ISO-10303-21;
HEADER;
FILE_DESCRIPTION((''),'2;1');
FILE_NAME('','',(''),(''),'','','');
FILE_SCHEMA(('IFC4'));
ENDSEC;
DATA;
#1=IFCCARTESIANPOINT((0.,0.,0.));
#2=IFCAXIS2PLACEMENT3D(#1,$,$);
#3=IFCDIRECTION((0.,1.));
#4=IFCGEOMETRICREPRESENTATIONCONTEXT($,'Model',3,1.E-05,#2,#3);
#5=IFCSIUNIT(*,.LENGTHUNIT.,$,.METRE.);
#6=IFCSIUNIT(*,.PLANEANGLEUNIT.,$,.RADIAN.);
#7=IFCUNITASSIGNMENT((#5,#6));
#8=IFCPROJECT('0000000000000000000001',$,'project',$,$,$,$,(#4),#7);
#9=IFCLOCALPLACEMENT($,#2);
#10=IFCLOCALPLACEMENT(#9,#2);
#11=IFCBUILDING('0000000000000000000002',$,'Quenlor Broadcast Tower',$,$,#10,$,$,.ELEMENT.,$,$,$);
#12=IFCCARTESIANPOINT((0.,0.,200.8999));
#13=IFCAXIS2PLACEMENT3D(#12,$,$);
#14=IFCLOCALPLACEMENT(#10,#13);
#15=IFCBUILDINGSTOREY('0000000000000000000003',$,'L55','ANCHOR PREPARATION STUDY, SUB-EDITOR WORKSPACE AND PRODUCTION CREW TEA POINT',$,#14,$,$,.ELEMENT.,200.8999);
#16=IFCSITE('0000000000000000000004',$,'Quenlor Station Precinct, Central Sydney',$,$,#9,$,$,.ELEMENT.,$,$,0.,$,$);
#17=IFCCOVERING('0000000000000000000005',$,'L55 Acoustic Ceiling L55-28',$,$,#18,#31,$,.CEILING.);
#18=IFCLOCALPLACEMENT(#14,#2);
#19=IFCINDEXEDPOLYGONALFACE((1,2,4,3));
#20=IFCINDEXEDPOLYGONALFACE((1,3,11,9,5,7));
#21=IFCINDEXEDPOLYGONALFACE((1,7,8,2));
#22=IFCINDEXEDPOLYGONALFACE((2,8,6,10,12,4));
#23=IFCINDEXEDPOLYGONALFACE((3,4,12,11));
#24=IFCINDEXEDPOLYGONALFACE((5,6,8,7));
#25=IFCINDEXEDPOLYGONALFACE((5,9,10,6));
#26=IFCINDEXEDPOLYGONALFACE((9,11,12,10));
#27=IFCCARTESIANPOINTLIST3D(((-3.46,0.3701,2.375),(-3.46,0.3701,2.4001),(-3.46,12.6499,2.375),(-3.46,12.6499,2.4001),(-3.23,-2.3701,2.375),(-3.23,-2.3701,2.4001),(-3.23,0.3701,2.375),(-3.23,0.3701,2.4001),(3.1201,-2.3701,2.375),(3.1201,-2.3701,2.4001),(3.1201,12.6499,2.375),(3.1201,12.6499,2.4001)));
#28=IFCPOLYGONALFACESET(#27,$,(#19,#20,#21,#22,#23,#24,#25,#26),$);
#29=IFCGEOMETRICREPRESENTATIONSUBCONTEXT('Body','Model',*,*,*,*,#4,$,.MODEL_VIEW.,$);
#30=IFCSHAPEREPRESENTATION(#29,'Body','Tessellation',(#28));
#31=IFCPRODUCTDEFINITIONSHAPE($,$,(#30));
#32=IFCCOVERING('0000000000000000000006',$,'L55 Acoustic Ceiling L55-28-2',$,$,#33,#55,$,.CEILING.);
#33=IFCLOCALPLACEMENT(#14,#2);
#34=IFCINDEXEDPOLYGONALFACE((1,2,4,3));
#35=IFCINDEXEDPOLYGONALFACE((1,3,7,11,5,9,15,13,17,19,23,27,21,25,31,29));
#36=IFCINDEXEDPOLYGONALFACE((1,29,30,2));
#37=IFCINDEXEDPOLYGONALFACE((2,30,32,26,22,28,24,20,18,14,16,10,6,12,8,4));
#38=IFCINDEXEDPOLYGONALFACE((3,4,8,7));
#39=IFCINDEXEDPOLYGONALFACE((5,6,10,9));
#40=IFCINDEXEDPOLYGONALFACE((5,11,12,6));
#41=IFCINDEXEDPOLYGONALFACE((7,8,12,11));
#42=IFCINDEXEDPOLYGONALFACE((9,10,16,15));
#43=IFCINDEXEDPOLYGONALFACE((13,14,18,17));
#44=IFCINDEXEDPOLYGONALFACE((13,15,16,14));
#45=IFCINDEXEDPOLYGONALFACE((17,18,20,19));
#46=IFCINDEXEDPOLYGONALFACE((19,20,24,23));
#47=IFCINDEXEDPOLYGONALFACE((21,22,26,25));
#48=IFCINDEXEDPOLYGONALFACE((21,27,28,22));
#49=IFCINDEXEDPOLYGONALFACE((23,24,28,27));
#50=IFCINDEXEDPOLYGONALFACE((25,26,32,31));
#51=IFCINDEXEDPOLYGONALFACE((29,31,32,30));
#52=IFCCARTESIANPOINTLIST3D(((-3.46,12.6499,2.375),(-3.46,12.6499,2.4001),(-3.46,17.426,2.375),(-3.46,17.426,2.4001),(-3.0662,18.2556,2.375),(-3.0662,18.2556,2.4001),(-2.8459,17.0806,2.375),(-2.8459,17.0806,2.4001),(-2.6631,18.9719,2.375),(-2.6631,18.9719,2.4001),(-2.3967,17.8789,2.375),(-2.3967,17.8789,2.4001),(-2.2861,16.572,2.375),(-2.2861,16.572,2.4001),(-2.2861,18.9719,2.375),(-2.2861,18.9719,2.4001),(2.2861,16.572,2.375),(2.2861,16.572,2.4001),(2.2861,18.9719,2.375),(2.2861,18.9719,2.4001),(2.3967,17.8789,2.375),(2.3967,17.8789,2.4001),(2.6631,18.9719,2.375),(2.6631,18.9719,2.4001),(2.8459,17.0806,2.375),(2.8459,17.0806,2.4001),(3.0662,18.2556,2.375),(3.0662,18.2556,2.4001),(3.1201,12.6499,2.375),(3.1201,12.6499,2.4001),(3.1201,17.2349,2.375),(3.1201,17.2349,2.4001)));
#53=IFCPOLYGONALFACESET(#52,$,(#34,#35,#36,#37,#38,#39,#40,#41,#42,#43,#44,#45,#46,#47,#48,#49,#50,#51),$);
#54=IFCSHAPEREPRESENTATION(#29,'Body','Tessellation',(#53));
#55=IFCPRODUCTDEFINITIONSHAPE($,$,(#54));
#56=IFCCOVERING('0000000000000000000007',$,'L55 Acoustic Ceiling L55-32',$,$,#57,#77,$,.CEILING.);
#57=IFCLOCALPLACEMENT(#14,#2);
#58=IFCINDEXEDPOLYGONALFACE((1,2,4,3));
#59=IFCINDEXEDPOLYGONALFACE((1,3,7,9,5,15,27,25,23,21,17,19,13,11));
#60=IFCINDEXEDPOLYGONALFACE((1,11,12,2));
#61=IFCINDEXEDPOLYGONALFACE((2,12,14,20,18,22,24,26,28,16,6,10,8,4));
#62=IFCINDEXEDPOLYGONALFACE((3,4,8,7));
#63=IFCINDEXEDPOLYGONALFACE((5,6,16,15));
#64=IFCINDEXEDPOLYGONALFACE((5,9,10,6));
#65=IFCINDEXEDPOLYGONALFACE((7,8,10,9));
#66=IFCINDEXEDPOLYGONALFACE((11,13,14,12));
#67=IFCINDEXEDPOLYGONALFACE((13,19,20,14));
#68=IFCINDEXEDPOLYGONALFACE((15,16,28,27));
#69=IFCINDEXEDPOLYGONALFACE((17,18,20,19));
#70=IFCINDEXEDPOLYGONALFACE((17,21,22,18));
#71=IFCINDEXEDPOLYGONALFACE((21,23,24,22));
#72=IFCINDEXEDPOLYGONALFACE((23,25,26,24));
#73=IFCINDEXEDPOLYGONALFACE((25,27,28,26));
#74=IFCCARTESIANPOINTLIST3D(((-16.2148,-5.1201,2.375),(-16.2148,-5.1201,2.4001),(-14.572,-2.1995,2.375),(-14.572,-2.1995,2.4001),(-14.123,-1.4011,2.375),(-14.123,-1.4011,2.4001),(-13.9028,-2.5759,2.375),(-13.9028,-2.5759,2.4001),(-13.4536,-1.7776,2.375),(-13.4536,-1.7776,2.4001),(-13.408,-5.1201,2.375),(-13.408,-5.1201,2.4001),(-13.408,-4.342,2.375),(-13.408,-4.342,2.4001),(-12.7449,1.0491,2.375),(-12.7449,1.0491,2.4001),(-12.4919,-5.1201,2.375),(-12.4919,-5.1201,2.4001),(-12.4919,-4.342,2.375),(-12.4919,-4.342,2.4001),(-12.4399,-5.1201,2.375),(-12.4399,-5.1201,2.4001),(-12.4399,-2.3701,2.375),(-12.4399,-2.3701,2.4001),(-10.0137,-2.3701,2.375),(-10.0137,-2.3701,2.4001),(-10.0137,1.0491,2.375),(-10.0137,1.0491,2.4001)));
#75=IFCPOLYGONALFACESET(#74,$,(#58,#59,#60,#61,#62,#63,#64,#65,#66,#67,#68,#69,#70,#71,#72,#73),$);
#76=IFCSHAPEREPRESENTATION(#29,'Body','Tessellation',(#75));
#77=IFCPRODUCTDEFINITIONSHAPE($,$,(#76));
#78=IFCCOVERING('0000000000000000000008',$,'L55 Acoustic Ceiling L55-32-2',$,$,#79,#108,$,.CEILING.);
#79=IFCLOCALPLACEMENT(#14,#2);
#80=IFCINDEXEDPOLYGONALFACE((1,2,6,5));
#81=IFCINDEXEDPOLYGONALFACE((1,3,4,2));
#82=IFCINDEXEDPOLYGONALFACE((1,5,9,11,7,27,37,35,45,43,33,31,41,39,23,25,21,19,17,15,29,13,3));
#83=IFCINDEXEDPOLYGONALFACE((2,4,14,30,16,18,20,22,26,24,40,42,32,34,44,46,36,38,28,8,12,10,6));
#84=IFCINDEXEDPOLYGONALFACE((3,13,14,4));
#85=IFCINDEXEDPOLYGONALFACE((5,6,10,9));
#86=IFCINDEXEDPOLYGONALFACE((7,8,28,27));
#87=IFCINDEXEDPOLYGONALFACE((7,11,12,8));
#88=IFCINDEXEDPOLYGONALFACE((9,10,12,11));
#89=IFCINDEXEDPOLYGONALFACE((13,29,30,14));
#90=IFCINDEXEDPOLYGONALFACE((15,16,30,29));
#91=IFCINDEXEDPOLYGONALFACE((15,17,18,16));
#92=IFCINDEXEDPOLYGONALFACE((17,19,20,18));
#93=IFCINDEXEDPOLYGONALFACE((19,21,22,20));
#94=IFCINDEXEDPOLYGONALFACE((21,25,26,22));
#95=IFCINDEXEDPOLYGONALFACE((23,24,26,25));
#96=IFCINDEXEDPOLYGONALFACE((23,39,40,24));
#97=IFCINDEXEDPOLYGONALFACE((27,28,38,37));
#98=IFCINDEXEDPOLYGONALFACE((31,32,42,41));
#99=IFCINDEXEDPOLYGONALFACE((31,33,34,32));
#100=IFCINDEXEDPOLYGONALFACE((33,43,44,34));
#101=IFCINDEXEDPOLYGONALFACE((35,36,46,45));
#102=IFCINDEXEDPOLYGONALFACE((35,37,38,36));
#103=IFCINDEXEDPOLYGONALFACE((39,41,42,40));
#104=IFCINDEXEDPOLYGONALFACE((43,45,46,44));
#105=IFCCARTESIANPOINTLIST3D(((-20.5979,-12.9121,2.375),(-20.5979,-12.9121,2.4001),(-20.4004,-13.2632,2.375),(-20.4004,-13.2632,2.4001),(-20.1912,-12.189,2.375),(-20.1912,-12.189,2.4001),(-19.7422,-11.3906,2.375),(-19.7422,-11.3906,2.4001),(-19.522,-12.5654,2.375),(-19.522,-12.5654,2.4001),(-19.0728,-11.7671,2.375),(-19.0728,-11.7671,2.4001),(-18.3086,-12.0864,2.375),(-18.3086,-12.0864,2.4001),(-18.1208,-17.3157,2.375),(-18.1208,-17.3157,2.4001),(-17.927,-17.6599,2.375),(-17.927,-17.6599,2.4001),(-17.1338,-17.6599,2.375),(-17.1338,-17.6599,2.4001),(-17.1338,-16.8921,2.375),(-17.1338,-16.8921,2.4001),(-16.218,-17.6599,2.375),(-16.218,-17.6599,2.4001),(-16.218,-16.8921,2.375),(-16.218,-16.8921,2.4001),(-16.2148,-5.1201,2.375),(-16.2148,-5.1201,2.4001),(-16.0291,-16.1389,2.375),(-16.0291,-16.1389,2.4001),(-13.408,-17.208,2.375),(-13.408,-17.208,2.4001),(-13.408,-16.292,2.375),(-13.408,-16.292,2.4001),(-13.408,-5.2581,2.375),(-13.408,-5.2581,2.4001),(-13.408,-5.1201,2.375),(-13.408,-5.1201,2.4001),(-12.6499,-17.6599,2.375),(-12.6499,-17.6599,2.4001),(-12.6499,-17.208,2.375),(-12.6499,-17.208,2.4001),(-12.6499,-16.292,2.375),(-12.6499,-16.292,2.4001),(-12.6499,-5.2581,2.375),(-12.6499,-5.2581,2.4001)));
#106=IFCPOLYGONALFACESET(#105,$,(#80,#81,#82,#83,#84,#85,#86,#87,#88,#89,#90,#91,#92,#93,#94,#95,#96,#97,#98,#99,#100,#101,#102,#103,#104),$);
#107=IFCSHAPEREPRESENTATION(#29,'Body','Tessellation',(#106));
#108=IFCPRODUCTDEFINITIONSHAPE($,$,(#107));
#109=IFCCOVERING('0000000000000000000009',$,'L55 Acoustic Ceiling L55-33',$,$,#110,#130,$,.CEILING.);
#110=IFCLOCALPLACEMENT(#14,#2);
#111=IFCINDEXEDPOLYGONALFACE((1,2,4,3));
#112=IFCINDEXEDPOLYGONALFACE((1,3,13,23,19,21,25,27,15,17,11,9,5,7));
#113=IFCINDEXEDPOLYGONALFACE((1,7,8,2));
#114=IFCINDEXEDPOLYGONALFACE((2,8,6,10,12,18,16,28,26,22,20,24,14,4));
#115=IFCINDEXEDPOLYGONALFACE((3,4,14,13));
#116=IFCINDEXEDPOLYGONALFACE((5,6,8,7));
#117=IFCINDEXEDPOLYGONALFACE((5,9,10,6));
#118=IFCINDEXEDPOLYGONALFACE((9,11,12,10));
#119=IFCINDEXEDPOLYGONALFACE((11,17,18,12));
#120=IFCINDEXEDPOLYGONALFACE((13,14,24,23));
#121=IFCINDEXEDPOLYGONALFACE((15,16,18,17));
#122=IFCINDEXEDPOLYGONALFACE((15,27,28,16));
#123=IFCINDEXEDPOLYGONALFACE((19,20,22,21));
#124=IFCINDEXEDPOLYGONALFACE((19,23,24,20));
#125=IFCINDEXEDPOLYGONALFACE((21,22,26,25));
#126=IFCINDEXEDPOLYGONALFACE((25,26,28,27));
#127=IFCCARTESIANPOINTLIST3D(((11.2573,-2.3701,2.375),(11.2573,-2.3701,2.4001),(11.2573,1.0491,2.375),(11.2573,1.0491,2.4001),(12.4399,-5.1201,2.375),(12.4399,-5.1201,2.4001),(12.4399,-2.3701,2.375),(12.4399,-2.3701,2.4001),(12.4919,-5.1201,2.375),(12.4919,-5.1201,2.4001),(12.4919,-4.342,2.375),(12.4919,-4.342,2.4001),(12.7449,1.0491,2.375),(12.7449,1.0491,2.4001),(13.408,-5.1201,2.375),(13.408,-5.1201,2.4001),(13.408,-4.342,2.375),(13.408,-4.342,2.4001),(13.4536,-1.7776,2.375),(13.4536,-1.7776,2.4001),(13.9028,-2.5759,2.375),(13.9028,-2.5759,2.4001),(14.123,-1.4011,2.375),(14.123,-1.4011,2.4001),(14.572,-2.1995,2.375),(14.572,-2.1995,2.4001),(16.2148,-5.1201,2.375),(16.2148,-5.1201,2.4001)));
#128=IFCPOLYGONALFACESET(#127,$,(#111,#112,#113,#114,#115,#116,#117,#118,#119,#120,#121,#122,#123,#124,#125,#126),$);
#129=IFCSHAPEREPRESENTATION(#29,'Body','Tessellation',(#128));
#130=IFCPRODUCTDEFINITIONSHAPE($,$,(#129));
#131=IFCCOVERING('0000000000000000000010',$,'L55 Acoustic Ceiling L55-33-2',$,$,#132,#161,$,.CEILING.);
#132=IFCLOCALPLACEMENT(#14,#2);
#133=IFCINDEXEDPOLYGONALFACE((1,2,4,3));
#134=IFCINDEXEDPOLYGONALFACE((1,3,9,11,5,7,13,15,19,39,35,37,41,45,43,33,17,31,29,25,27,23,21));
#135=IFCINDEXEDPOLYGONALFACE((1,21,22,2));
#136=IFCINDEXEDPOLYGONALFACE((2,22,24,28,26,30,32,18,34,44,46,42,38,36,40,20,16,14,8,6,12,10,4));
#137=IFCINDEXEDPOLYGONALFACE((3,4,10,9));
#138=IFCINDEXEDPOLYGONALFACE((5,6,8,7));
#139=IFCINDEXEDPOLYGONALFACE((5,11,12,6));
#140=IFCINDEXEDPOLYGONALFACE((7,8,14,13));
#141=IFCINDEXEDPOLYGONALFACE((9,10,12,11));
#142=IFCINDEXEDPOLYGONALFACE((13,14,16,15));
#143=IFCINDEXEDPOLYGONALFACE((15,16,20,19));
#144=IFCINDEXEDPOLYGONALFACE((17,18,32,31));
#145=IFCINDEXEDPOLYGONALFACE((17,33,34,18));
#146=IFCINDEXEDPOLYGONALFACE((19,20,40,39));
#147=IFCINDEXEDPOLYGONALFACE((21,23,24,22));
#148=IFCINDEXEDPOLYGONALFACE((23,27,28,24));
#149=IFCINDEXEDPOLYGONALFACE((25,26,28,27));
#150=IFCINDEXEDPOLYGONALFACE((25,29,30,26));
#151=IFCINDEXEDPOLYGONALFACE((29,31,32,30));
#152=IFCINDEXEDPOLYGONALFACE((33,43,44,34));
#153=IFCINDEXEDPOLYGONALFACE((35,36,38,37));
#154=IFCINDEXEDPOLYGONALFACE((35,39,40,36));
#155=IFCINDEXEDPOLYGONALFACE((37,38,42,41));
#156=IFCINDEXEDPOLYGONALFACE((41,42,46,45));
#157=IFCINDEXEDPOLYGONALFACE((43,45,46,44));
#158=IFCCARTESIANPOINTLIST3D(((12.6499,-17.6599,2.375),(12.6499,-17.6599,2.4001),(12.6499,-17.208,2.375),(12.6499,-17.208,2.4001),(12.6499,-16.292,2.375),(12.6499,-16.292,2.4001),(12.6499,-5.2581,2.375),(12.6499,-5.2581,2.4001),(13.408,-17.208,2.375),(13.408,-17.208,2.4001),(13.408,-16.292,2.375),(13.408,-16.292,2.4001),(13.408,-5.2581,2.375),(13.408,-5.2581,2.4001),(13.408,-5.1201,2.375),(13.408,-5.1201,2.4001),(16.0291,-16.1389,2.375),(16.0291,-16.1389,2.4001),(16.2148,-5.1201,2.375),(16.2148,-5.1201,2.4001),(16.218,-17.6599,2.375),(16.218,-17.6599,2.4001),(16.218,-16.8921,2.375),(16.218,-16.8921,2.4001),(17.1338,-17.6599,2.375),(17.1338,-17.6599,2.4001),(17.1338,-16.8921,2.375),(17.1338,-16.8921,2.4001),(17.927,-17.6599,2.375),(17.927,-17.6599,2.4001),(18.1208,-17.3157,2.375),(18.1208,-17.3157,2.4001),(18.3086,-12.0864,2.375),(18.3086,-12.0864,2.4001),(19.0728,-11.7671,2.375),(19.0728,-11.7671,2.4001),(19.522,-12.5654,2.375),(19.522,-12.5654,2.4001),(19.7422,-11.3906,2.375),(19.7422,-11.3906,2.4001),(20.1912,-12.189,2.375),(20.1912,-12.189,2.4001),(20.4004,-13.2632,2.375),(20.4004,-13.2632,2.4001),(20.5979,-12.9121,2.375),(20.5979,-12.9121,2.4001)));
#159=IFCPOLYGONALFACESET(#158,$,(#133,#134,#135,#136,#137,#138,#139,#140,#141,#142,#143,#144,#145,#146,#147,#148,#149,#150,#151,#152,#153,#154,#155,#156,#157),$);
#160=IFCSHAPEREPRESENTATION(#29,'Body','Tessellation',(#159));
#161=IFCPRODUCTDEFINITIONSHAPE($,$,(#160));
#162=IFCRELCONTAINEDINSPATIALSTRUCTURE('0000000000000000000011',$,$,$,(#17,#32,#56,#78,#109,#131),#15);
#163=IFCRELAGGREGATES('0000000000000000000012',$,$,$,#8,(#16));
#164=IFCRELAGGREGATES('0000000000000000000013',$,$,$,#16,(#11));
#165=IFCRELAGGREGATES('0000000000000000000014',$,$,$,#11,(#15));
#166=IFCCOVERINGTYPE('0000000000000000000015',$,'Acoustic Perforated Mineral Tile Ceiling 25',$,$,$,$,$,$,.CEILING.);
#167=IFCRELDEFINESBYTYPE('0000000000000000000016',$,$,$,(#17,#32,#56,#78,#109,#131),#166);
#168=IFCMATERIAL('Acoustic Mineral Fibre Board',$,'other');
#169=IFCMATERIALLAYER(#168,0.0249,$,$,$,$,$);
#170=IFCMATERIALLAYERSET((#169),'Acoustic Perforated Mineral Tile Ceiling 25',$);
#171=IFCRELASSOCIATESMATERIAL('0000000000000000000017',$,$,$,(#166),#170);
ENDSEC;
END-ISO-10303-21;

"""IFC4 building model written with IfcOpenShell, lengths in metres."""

from ifc_helpers import new_model, si_unit, direction, frame, origin, place, context, subcontext, project, spatial, polyline, outline, extrude, material, layer, layer_set, type_object, element, save


model = new_model("IFC4")

# Units and contexts
model_context = context("Model", 3, precision=1e-05, world=origin(), true_north=direction((0.0, 1.0)))
body_context = subcontext(model_context, "Body", "Model", "MODEL_VIEW")
ifc_project = project(units=[si_unit("LENGTHUNIT", "METRE"), si_unit("PLANEANGLEUNIT", "RADIAN")], contexts=[model_context])

# Site, building, storey
site_placement = place(None, origin())
site = spatial("IfcSite", under=ifc_project, at=site_placement, Name="Quenlor Station Precinct, Central Sydney", CompositionType="ELEMENT", RefElevation=0.0)
building_placement = place(site_placement, origin())
building = spatial("IfcBuilding", under=site, at=building_placement, Name="Quenlor Broadcast Tower", CompositionType="ELEMENT")
storey_placement = place(building_placement, frame((0.0, 0.0, 200.8999)))
storey = spatial("IfcBuildingStorey", under=building, at=storey_placement, Name="L55", Description="ANCHOR PREPARATION STUDY, SUB-EDITOR WORKSPACE AND PRODUCTION CREW TEA POINT", CompositionType="ELEMENT", Elevation=200.8999)

# Coverings
ifc_material_1 = material(Name="Acoustic Mineral Fibre Board", Category="other")
ifc_layer_1 = layer(ifc_material_1, 0.0249)
ifc_layer_set_1 = layer_set([ifc_layer_1], Name="Acoustic Perforated Mineral Tile Ceiling 25")
covering_type = type_object("IfcCoveringType", Name="Acoustic Perforated Mineral Tile Ceiling 25", PredefinedType="CEILING", material=ifc_layer_set_1)
covering_1_placement = place(storey_placement, frame((0.0, 0.0, 2.375)))
element("IfcCovering", 1, at=covering_1_placement, inside=storey, type_object=covering_type, Name="L55 Acoustic Ceiling L55-28", PredefinedType="CEILING", context=body_context, shape_type="SweptSolid", body=[
    extrude(outline(polyline([(3.1201, -2.3701), (-3.23, -2.3701), (-3.23, 0.3701), (-3.46, 0.3701), (-3.46, 12.6499), (3.1201, 12.6499), (3.1201, -2.3701)])), origin(), (0.0, 0.0, 1.0), 0.0251),
])
covering_2_placement = place(storey_placement, frame((0.0, 0.0, 2.375)))
element("IfcCovering", 2, at=covering_2_placement, inside=storey, type_object=covering_type, Name="L55 Acoustic Ceiling L55-28-2", PredefinedType="CEILING", context=body_context, shape_type="SweptSolid", body=[
    extrude(outline(polyline([(2.2861, 16.572), (2.2861, 18.9719), (2.6631, 18.9719), (3.0662, 18.2556), (2.3967, 17.8789), (2.8459, 17.0806), (3.1201, 17.2349), (3.1201, 12.6499), (-3.46, 12.6499), (-3.46, 17.426), (-2.8459, 17.0806), (-2.3967, 17.8789), (-3.0662, 18.2556), (-2.6631, 18.9719), (-2.2861, 18.9719), (-2.2861, 16.572), (2.2861, 16.572)])), origin(), (0.0, 0.0, 1.0), 0.0251),
])
covering_3_placement = place(storey_placement, frame((0.0, 0.0, 2.375)))
element("IfcCovering", 3, at=covering_3_placement, inside=storey, type_object=covering_type, Name="L55 Acoustic Ceiling L55-32", PredefinedType="CEILING", context=body_context, shape_type="SweptSolid", body=[
    extrude(outline(polyline([(-12.4919, -4.342), (-13.408, -4.342), (-13.408, -5.1201), (-16.2148, -5.1201), (-14.572, -2.1995), (-13.9028, -2.5759), (-13.4536, -1.7776), (-14.123, -1.4011), (-12.7449, 1.0491), (-10.0137, 1.0491), (-10.0137, -2.3701), (-12.4399, -2.3701), (-12.4399, -5.1201), (-12.4919, -5.1201), (-12.4919, -4.342)])), origin(), (0.0, 0.0, 1.0), 0.0251),
])
covering_4_placement = place(storey_placement, frame((0.0, 0.0, 2.375)))
element("IfcCovering", 4, at=covering_4_placement, inside=storey, type_object=covering_type, Name="L55 Acoustic Ceiling L55-32-2", PredefinedType="CEILING", context=body_context, shape_type="SweptSolid", body=[
    extrude(outline(polyline([(-13.408, -5.2581), (-12.6499, -5.2581), (-12.6499, -16.292), (-13.408, -16.292), (-13.408, -17.208), (-12.6499, -17.208), (-12.6499, -17.6599), (-16.218, -17.6599), (-16.218, -16.8921), (-17.1338, -16.8921), (-17.1338, -17.6599), (-17.927, -17.6599), (-18.1208, -17.3157), (-16.0291, -16.1389), (-18.3086, -12.0864), (-20.4004, -13.2632), (-20.5979, -12.9121), (-20.1912, -12.189), (-19.522, -12.5654), (-19.0728, -11.7671), (-19.7422, -11.3906), (-16.2148, -5.1201), (-13.408, -5.1201), (-13.408, -5.2581)])), origin(), (0.0, 0.0, 1.0), 0.0251),
])
covering_5_placement = place(storey_placement, frame((0.0, 0.0, 2.375)))
element("IfcCovering", 5, at=covering_5_placement, inside=storey, type_object=covering_type, Name="L55 Acoustic Ceiling L55-33", PredefinedType="CEILING", context=body_context, shape_type="SweptSolid", body=[
    extrude(outline(polyline([(11.2573, -2.3701), (11.2573, 1.0491), (12.7449, 1.0491), (14.123, -1.4011), (13.4536, -1.7776), (13.9028, -2.5759), (14.572, -2.1995), (16.2148, -5.1201), (13.408, -5.1201), (13.408, -4.342), (12.4919, -4.342), (12.4919, -5.1201), (12.4399, -5.1201), (12.4399, -2.3701), (11.2573, -2.3701)])), origin(), (0.0, 0.0, 1.0), 0.0251),
])
covering_6_placement = place(storey_placement, frame((0.0, 0.0, 2.375)))
element("IfcCovering", 6, at=covering_6_placement, inside=storey, type_object=covering_type, Name="L55 Acoustic Ceiling L55-33-2", PredefinedType="CEILING", context=body_context, shape_type="SweptSolid", body=[
    extrude(outline(polyline([(19.7422, -11.3906), (19.0728, -11.7671), (19.522, -12.5654), (20.1912, -12.189), (20.5979, -12.9121), (20.4004, -13.2632), (18.3086, -12.0864), (16.0291, -16.1389), (18.1208, -17.3157), (17.927, -17.6599), (17.1338, -17.6599), (17.1338, -16.8921), (16.218, -16.8921), (16.218, -17.6599), (12.6499, -17.6599), (12.6499, -17.208), (13.408, -17.208), (13.408, -16.292), (12.6499, -16.292), (12.6499, -5.2581), (13.408, -5.2581), (13.408, -5.1201), (16.2148, -5.1201), (19.7422, -11.3906)])), origin(), (0.0, 0.0, 1.0), 0.0251),
])

save(model, "model.ifc")
